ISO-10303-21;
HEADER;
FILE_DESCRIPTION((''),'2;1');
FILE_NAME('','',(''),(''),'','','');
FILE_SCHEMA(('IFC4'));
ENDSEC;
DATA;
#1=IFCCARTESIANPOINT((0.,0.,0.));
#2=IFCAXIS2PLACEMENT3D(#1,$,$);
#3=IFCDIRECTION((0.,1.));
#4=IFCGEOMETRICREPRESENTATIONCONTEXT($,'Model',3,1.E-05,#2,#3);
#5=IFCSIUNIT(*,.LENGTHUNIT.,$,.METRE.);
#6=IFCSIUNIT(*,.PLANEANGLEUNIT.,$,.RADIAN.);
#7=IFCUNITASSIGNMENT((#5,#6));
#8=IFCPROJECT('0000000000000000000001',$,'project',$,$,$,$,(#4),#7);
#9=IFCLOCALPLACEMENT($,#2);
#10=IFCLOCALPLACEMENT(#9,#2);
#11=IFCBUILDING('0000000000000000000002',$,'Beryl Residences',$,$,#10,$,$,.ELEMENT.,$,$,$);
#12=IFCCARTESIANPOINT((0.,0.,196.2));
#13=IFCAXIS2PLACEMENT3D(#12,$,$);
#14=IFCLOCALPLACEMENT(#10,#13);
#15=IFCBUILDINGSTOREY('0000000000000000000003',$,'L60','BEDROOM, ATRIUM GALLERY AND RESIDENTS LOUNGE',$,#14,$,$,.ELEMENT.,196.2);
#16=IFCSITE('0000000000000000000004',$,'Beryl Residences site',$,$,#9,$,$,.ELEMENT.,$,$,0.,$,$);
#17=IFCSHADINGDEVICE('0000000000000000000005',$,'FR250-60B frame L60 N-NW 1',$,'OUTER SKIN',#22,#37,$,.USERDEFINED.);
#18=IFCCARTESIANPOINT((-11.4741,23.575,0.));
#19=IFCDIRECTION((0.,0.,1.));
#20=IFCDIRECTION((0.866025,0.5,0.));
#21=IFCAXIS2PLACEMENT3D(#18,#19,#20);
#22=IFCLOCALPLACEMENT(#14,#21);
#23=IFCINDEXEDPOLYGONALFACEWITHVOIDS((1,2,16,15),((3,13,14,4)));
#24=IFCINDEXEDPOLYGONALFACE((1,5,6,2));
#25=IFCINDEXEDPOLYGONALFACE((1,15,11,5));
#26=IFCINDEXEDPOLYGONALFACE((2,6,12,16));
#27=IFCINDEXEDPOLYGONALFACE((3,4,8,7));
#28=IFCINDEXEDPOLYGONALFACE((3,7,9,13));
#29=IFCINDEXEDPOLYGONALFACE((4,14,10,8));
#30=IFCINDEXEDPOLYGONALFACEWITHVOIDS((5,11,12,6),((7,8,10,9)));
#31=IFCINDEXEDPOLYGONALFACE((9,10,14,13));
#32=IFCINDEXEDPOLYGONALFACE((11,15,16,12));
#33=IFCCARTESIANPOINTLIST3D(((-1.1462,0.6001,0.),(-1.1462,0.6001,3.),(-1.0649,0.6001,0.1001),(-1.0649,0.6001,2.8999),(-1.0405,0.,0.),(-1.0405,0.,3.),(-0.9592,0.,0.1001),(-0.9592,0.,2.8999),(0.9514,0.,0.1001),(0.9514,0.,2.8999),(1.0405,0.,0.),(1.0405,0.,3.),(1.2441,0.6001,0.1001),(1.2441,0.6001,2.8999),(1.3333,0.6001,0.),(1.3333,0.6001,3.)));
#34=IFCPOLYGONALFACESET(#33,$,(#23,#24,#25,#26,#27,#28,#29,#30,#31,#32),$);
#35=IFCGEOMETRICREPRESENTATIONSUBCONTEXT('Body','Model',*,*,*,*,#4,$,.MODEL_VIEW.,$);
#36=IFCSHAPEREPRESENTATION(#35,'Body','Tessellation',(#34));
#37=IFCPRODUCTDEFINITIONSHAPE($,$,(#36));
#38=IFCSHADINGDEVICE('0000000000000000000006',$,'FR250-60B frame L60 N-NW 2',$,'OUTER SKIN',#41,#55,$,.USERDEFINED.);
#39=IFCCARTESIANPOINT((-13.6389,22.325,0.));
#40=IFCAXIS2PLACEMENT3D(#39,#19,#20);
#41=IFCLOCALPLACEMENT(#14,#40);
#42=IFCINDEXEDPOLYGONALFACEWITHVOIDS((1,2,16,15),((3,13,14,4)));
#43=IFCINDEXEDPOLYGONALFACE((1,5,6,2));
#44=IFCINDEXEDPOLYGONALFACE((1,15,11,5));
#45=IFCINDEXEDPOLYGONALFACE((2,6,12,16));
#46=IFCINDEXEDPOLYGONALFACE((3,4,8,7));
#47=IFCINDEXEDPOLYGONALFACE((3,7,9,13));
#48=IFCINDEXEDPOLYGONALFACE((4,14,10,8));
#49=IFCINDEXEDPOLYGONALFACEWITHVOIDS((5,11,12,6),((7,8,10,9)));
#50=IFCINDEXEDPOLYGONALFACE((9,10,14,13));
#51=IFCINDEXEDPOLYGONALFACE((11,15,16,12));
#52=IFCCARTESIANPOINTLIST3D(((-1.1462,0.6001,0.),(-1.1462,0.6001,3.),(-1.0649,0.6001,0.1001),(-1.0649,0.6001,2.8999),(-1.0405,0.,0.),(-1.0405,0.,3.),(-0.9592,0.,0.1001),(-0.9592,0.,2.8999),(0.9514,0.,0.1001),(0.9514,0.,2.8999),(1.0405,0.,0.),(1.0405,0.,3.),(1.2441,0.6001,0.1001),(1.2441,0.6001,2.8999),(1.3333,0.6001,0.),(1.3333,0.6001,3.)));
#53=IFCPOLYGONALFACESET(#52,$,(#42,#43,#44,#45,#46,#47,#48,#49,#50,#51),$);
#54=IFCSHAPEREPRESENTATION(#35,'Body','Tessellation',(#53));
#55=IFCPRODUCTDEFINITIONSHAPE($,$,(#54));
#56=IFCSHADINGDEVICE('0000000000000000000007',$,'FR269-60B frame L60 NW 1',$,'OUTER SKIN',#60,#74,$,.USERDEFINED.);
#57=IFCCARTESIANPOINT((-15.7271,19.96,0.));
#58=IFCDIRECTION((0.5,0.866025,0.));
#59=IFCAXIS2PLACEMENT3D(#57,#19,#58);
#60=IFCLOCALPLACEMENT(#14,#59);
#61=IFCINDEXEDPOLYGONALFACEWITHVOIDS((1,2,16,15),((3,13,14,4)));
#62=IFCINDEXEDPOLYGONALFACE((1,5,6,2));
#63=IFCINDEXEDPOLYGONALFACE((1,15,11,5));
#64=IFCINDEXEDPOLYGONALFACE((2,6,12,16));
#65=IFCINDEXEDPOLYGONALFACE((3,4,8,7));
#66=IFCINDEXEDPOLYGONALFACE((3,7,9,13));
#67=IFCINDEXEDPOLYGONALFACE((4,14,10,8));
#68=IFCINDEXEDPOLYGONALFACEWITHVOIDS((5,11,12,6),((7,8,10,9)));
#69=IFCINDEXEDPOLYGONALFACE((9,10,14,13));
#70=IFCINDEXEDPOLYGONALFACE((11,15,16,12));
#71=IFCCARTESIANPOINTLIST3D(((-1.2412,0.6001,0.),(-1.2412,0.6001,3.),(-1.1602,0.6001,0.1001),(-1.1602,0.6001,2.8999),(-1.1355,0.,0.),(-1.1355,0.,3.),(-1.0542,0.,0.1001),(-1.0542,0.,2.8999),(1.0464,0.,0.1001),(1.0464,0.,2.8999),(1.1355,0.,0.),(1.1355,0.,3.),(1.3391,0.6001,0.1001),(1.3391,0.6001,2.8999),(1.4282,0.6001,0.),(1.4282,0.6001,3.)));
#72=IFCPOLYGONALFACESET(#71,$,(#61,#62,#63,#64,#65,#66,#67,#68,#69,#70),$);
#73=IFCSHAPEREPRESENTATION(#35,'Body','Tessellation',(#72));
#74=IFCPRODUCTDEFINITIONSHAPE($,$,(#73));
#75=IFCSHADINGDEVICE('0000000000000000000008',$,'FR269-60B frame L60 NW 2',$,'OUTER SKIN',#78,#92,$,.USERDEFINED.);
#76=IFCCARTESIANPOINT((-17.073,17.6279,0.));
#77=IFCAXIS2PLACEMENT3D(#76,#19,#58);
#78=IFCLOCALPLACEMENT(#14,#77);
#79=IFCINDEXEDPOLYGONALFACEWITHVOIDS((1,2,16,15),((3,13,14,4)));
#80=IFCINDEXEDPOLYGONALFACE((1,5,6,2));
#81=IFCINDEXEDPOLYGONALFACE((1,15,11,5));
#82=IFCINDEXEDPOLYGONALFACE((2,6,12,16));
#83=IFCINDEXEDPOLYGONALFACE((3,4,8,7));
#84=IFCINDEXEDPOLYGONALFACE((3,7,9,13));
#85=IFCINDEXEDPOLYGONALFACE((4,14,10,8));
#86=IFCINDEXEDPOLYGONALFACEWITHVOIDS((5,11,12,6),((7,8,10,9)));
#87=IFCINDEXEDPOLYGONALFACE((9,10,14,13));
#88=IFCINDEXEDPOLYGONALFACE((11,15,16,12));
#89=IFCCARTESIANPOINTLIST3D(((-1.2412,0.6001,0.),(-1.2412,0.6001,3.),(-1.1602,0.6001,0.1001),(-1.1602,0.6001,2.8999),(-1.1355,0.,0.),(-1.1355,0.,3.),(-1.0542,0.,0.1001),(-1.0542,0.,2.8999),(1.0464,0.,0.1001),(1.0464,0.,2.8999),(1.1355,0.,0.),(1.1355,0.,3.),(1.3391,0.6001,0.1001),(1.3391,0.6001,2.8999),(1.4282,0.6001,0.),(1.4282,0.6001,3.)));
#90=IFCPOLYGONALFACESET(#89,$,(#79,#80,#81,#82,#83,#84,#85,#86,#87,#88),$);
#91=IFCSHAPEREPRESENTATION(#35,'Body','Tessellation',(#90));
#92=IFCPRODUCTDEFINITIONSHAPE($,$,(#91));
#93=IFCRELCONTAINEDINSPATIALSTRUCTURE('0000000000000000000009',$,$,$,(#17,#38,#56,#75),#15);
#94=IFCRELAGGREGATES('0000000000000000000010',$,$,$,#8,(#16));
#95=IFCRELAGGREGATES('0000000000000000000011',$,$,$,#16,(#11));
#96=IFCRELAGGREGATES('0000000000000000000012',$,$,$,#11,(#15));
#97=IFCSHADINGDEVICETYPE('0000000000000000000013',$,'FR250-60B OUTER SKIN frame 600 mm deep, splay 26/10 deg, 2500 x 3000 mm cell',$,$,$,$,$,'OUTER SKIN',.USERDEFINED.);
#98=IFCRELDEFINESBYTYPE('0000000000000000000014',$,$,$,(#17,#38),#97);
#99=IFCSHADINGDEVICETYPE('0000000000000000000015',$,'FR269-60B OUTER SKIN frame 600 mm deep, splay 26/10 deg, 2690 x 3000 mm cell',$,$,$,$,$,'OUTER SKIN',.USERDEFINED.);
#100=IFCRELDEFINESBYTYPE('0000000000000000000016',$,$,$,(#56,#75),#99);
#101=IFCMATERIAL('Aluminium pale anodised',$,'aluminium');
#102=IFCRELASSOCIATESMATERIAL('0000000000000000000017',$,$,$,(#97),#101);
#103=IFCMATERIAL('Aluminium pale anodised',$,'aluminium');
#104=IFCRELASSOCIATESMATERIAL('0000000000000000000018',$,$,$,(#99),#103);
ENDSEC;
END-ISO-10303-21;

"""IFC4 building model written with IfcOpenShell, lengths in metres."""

from ifc_helpers import new_model, entity, si_unit, direction, frame, origin, place, context, subcontext, project, spatial, source, transform, mapped, material, type_object, type_shapes, element, save


model = new_model("IFC4")

# Units and contexts
model_context = context("Model", 3, precision=1e-05, world=origin(), true_north=direction((0.0, 1.0)))
body_context = subcontext(model_context, "Body", "Model", "MODEL_VIEW")
ifc_project = project(units=[si_unit("LENGTHUNIT", "METRE"), si_unit("PLANEANGLEUNIT", "RADIAN")], contexts=[model_context])

# Site, building, storey
site_placement = place(None, origin())
site = spatial("IfcSite", under=ifc_project, at=site_placement, Name="Beryl Residences site", CompositionType="ELEMENT", RefElevation=0.0)
building_placement = place(site_placement, origin())
building = spatial("IfcBuilding", under=site, at=building_placement, Name="Beryl Residences", CompositionType="ELEMENT")
storey_placement = place(building_placement, frame((0.0, 0.0, 196.2)))
storey = spatial("IfcBuildingStorey", under=building, at=storey_placement, Name="L60", Description="BEDROOM, ATRIUM GALLERY AND RESIDENTS LOUNGE", CompositionType="ELEMENT", Elevation=196.2)

# Shading devices
ifc_material_1 = material(Name="Aluminium pale anodised", Category="aluminium")
shading_device_type_1 = type_object("IfcShadingDeviceType", Name="FR250-60B OUTER SKIN frame 600 mm deep, splay 26/10 deg, 2500 x 3000 mm cell", ElementType="OUTER SKIN", PredefinedType="USERDEFINED", material=ifc_material_1)
cartesian_point_1 = entity("IfcCartesianPoint", [-1.0405, 0.0])
cartesian_point_2 = entity("IfcCartesianPoint", [-0.9514, 0.1001])
cartesian_point_3 = entity("IfcCartesianPoint", [-1.3333, 0.0])
cartesian_point_4 = entity("IfcCartesianPoint", [-1.2441, 0.1001])
shared_shape_1 = source(origin(), body_context, "Body", "SweptSolid", [
    entity("IfcExtrudedAreaSolidTapered", entity("IfcArbitraryProfileDefWithVoids", "AREA", None, entity("IfcPolyline", [cartesian_point_1, entity("IfcCartesianPoint", [1.0405, 0.0]), entity("IfcCartesianPoint", [1.0405, 3.0]), entity("IfcCartesianPoint", [-1.0405, 3.0]), cartesian_point_1]), [entity("IfcPolyline", [cartesian_point_2, entity("IfcCartesianPoint", [0.9592, 0.1001]), entity("IfcCartesianPoint", [0.9592, 2.8999]), entity("IfcCartesianPoint", [-0.9514, 2.8999]), cartesian_point_2])]), entity("IfcAxis2Placement3D", entity("IfcCartesianPoint", [0.0, 0.0, 0.0]), entity("IfcDirection", [0.0, 1.0, 0.0]), entity("IfcDirection", [-1.0, 0.0, 0.0])), entity("IfcDirection", [0.0, 0.0, 1.0]), 0.6001, entity("IfcArbitraryProfileDefWithVoids", "AREA", None, entity("IfcPolyline", [cartesian_point_3, entity("IfcCartesianPoint", [1.1462, 0.0]), entity("IfcCartesianPoint", [1.1462, 3.0]), entity("IfcCartesianPoint", [-1.3333, 3.0]), cartesian_point_3]), [entity("IfcPolyline", [cartesian_point_4, entity("IfcCartesianPoint", [1.0649, 0.1001]), entity("IfcCartesianPoint", [1.0649, 2.8999]), entity("IfcCartesianPoint", [-1.2441, 2.8999]), cartesian_point_4])])),
])
type_shapes(shading_device_type_1, [shared_shape_1])
for number, where, z_axis, x_axis, name in (
    (1, (-11.4741, 23.575, 0.0), (0.0, 0.0, 1.0), (0.866025, 0.5, 0.0), "FR250-60B frame L60 N-NW 1"),
    (2, (-13.6389, 22.325, 0.0), (0.0, 0.0, 1.0), (0.866025, 0.5, 0.0), "FR250-60B frame L60 N-NW 2"),
):
    element("IfcShadingDevice", number, at=place(storey_placement, frame(where, z_axis=z_axis, x_axis=x_axis)), inside=storey, type_object=shading_device_type_1, Name=name, ObjectType="OUTER SKIN", PredefinedType="USERDEFINED", context=body_context, shape_type="MappedRepresentation", body=[
        mapped(shared_shape_1, transform((0.0, 0.0, 0.0))),
    ])
ifc_material_2 = material(Name="Aluminium pale anodised", Category="aluminium")
shading_device_type_2 = type_object("IfcShadingDeviceType", Name="FR269-60B OUTER SKIN frame 600 mm deep, splay 26/10 deg, 2690 x 3000 mm cell", ElementType="OUTER SKIN", PredefinedType="USERDEFINED", material=ifc_material_2)
cartesian_point_5 = entity("IfcCartesianPoint", [-1.1355, 0.0])
cartesian_point_6 = entity("IfcCartesianPoint", [-1.0464, 0.1001])
cartesian_point_7 = entity("IfcCartesianPoint", [-1.4282, 0.0])
cartesian_point_8 = entity("IfcCartesianPoint", [-1.3391, 0.1001])
shared_shape_2 = source(origin(), body_context, "Body", "SweptSolid", [
    entity("IfcExtrudedAreaSolidTapered", entity("IfcArbitraryProfileDefWithVoids", "AREA", None, entity("IfcPolyline", [cartesian_point_5, entity("IfcCartesianPoint", [1.1355, 0.0]), entity("IfcCartesianPoint", [1.1355, 3.0]), entity("IfcCartesianPoint", [-1.1355, 3.0]), cartesian_point_5]), [entity("IfcPolyline", [cartesian_point_6, entity("IfcCartesianPoint", [1.0542, 0.1001]), entity("IfcCartesianPoint", [1.0542, 2.8999]), entity("IfcCartesianPoint", [-1.0464, 2.8999]), cartesian_point_6])]), entity("IfcAxis2Placement3D", entity("IfcCartesianPoint", [0.0, 0.0, 0.0]), entity("IfcDirection", [0.0, 1.0, 0.0]), entity("IfcDirection", [-1.0, 0.0, 0.0])), entity("IfcDirection", [0.0, 0.0, 1.0]), 0.6001, entity("IfcArbitraryProfileDefWithVoids", "AREA", None, entity("IfcPolyline", [cartesian_point_7, entity("IfcCartesianPoint", [1.2412, 0.0]), entity("IfcCartesianPoint", [1.2412, 3.0]), entity("IfcCartesianPoint", [-1.4282, 3.0]), cartesian_point_7]), [entity("IfcPolyline", [cartesian_point_8, entity("IfcCartesianPoint", [1.1602, 0.1001]), entity("IfcCartesianPoint", [1.1602, 2.8999]), entity("IfcCartesianPoint", [-1.3391, 2.8999]), cartesian_point_8])])),
])
type_shapes(shading_device_type_2, [shared_shape_2])
for number, where, z_axis, x_axis, name in (
    (3, (-15.7271, 19.96, 0.0), (0.0, 0.0, 1.0), (0.5, 0.866025, 0.0), "FR269-60B frame L60 NW 1"),
    (4, (-17.073, 17.6279, 0.0), (0.0, 0.0, 1.0), (0.5, 0.866025, 0.0), "FR269-60B frame L60 NW 2"),
):
    element("IfcShadingDevice", number, at=place(storey_placement, frame(where, z_axis=z_axis, x_axis=x_axis)), inside=storey, type_object=shading_device_type_2, Name=name, ObjectType="OUTER SKIN", PredefinedType="USERDEFINED", context=body_context, shape_type="MappedRepresentation", body=[
        mapped(shared_shape_2, transform((0.0, 0.0, 0.0))),
    ])

save(model, "model.ifc")
